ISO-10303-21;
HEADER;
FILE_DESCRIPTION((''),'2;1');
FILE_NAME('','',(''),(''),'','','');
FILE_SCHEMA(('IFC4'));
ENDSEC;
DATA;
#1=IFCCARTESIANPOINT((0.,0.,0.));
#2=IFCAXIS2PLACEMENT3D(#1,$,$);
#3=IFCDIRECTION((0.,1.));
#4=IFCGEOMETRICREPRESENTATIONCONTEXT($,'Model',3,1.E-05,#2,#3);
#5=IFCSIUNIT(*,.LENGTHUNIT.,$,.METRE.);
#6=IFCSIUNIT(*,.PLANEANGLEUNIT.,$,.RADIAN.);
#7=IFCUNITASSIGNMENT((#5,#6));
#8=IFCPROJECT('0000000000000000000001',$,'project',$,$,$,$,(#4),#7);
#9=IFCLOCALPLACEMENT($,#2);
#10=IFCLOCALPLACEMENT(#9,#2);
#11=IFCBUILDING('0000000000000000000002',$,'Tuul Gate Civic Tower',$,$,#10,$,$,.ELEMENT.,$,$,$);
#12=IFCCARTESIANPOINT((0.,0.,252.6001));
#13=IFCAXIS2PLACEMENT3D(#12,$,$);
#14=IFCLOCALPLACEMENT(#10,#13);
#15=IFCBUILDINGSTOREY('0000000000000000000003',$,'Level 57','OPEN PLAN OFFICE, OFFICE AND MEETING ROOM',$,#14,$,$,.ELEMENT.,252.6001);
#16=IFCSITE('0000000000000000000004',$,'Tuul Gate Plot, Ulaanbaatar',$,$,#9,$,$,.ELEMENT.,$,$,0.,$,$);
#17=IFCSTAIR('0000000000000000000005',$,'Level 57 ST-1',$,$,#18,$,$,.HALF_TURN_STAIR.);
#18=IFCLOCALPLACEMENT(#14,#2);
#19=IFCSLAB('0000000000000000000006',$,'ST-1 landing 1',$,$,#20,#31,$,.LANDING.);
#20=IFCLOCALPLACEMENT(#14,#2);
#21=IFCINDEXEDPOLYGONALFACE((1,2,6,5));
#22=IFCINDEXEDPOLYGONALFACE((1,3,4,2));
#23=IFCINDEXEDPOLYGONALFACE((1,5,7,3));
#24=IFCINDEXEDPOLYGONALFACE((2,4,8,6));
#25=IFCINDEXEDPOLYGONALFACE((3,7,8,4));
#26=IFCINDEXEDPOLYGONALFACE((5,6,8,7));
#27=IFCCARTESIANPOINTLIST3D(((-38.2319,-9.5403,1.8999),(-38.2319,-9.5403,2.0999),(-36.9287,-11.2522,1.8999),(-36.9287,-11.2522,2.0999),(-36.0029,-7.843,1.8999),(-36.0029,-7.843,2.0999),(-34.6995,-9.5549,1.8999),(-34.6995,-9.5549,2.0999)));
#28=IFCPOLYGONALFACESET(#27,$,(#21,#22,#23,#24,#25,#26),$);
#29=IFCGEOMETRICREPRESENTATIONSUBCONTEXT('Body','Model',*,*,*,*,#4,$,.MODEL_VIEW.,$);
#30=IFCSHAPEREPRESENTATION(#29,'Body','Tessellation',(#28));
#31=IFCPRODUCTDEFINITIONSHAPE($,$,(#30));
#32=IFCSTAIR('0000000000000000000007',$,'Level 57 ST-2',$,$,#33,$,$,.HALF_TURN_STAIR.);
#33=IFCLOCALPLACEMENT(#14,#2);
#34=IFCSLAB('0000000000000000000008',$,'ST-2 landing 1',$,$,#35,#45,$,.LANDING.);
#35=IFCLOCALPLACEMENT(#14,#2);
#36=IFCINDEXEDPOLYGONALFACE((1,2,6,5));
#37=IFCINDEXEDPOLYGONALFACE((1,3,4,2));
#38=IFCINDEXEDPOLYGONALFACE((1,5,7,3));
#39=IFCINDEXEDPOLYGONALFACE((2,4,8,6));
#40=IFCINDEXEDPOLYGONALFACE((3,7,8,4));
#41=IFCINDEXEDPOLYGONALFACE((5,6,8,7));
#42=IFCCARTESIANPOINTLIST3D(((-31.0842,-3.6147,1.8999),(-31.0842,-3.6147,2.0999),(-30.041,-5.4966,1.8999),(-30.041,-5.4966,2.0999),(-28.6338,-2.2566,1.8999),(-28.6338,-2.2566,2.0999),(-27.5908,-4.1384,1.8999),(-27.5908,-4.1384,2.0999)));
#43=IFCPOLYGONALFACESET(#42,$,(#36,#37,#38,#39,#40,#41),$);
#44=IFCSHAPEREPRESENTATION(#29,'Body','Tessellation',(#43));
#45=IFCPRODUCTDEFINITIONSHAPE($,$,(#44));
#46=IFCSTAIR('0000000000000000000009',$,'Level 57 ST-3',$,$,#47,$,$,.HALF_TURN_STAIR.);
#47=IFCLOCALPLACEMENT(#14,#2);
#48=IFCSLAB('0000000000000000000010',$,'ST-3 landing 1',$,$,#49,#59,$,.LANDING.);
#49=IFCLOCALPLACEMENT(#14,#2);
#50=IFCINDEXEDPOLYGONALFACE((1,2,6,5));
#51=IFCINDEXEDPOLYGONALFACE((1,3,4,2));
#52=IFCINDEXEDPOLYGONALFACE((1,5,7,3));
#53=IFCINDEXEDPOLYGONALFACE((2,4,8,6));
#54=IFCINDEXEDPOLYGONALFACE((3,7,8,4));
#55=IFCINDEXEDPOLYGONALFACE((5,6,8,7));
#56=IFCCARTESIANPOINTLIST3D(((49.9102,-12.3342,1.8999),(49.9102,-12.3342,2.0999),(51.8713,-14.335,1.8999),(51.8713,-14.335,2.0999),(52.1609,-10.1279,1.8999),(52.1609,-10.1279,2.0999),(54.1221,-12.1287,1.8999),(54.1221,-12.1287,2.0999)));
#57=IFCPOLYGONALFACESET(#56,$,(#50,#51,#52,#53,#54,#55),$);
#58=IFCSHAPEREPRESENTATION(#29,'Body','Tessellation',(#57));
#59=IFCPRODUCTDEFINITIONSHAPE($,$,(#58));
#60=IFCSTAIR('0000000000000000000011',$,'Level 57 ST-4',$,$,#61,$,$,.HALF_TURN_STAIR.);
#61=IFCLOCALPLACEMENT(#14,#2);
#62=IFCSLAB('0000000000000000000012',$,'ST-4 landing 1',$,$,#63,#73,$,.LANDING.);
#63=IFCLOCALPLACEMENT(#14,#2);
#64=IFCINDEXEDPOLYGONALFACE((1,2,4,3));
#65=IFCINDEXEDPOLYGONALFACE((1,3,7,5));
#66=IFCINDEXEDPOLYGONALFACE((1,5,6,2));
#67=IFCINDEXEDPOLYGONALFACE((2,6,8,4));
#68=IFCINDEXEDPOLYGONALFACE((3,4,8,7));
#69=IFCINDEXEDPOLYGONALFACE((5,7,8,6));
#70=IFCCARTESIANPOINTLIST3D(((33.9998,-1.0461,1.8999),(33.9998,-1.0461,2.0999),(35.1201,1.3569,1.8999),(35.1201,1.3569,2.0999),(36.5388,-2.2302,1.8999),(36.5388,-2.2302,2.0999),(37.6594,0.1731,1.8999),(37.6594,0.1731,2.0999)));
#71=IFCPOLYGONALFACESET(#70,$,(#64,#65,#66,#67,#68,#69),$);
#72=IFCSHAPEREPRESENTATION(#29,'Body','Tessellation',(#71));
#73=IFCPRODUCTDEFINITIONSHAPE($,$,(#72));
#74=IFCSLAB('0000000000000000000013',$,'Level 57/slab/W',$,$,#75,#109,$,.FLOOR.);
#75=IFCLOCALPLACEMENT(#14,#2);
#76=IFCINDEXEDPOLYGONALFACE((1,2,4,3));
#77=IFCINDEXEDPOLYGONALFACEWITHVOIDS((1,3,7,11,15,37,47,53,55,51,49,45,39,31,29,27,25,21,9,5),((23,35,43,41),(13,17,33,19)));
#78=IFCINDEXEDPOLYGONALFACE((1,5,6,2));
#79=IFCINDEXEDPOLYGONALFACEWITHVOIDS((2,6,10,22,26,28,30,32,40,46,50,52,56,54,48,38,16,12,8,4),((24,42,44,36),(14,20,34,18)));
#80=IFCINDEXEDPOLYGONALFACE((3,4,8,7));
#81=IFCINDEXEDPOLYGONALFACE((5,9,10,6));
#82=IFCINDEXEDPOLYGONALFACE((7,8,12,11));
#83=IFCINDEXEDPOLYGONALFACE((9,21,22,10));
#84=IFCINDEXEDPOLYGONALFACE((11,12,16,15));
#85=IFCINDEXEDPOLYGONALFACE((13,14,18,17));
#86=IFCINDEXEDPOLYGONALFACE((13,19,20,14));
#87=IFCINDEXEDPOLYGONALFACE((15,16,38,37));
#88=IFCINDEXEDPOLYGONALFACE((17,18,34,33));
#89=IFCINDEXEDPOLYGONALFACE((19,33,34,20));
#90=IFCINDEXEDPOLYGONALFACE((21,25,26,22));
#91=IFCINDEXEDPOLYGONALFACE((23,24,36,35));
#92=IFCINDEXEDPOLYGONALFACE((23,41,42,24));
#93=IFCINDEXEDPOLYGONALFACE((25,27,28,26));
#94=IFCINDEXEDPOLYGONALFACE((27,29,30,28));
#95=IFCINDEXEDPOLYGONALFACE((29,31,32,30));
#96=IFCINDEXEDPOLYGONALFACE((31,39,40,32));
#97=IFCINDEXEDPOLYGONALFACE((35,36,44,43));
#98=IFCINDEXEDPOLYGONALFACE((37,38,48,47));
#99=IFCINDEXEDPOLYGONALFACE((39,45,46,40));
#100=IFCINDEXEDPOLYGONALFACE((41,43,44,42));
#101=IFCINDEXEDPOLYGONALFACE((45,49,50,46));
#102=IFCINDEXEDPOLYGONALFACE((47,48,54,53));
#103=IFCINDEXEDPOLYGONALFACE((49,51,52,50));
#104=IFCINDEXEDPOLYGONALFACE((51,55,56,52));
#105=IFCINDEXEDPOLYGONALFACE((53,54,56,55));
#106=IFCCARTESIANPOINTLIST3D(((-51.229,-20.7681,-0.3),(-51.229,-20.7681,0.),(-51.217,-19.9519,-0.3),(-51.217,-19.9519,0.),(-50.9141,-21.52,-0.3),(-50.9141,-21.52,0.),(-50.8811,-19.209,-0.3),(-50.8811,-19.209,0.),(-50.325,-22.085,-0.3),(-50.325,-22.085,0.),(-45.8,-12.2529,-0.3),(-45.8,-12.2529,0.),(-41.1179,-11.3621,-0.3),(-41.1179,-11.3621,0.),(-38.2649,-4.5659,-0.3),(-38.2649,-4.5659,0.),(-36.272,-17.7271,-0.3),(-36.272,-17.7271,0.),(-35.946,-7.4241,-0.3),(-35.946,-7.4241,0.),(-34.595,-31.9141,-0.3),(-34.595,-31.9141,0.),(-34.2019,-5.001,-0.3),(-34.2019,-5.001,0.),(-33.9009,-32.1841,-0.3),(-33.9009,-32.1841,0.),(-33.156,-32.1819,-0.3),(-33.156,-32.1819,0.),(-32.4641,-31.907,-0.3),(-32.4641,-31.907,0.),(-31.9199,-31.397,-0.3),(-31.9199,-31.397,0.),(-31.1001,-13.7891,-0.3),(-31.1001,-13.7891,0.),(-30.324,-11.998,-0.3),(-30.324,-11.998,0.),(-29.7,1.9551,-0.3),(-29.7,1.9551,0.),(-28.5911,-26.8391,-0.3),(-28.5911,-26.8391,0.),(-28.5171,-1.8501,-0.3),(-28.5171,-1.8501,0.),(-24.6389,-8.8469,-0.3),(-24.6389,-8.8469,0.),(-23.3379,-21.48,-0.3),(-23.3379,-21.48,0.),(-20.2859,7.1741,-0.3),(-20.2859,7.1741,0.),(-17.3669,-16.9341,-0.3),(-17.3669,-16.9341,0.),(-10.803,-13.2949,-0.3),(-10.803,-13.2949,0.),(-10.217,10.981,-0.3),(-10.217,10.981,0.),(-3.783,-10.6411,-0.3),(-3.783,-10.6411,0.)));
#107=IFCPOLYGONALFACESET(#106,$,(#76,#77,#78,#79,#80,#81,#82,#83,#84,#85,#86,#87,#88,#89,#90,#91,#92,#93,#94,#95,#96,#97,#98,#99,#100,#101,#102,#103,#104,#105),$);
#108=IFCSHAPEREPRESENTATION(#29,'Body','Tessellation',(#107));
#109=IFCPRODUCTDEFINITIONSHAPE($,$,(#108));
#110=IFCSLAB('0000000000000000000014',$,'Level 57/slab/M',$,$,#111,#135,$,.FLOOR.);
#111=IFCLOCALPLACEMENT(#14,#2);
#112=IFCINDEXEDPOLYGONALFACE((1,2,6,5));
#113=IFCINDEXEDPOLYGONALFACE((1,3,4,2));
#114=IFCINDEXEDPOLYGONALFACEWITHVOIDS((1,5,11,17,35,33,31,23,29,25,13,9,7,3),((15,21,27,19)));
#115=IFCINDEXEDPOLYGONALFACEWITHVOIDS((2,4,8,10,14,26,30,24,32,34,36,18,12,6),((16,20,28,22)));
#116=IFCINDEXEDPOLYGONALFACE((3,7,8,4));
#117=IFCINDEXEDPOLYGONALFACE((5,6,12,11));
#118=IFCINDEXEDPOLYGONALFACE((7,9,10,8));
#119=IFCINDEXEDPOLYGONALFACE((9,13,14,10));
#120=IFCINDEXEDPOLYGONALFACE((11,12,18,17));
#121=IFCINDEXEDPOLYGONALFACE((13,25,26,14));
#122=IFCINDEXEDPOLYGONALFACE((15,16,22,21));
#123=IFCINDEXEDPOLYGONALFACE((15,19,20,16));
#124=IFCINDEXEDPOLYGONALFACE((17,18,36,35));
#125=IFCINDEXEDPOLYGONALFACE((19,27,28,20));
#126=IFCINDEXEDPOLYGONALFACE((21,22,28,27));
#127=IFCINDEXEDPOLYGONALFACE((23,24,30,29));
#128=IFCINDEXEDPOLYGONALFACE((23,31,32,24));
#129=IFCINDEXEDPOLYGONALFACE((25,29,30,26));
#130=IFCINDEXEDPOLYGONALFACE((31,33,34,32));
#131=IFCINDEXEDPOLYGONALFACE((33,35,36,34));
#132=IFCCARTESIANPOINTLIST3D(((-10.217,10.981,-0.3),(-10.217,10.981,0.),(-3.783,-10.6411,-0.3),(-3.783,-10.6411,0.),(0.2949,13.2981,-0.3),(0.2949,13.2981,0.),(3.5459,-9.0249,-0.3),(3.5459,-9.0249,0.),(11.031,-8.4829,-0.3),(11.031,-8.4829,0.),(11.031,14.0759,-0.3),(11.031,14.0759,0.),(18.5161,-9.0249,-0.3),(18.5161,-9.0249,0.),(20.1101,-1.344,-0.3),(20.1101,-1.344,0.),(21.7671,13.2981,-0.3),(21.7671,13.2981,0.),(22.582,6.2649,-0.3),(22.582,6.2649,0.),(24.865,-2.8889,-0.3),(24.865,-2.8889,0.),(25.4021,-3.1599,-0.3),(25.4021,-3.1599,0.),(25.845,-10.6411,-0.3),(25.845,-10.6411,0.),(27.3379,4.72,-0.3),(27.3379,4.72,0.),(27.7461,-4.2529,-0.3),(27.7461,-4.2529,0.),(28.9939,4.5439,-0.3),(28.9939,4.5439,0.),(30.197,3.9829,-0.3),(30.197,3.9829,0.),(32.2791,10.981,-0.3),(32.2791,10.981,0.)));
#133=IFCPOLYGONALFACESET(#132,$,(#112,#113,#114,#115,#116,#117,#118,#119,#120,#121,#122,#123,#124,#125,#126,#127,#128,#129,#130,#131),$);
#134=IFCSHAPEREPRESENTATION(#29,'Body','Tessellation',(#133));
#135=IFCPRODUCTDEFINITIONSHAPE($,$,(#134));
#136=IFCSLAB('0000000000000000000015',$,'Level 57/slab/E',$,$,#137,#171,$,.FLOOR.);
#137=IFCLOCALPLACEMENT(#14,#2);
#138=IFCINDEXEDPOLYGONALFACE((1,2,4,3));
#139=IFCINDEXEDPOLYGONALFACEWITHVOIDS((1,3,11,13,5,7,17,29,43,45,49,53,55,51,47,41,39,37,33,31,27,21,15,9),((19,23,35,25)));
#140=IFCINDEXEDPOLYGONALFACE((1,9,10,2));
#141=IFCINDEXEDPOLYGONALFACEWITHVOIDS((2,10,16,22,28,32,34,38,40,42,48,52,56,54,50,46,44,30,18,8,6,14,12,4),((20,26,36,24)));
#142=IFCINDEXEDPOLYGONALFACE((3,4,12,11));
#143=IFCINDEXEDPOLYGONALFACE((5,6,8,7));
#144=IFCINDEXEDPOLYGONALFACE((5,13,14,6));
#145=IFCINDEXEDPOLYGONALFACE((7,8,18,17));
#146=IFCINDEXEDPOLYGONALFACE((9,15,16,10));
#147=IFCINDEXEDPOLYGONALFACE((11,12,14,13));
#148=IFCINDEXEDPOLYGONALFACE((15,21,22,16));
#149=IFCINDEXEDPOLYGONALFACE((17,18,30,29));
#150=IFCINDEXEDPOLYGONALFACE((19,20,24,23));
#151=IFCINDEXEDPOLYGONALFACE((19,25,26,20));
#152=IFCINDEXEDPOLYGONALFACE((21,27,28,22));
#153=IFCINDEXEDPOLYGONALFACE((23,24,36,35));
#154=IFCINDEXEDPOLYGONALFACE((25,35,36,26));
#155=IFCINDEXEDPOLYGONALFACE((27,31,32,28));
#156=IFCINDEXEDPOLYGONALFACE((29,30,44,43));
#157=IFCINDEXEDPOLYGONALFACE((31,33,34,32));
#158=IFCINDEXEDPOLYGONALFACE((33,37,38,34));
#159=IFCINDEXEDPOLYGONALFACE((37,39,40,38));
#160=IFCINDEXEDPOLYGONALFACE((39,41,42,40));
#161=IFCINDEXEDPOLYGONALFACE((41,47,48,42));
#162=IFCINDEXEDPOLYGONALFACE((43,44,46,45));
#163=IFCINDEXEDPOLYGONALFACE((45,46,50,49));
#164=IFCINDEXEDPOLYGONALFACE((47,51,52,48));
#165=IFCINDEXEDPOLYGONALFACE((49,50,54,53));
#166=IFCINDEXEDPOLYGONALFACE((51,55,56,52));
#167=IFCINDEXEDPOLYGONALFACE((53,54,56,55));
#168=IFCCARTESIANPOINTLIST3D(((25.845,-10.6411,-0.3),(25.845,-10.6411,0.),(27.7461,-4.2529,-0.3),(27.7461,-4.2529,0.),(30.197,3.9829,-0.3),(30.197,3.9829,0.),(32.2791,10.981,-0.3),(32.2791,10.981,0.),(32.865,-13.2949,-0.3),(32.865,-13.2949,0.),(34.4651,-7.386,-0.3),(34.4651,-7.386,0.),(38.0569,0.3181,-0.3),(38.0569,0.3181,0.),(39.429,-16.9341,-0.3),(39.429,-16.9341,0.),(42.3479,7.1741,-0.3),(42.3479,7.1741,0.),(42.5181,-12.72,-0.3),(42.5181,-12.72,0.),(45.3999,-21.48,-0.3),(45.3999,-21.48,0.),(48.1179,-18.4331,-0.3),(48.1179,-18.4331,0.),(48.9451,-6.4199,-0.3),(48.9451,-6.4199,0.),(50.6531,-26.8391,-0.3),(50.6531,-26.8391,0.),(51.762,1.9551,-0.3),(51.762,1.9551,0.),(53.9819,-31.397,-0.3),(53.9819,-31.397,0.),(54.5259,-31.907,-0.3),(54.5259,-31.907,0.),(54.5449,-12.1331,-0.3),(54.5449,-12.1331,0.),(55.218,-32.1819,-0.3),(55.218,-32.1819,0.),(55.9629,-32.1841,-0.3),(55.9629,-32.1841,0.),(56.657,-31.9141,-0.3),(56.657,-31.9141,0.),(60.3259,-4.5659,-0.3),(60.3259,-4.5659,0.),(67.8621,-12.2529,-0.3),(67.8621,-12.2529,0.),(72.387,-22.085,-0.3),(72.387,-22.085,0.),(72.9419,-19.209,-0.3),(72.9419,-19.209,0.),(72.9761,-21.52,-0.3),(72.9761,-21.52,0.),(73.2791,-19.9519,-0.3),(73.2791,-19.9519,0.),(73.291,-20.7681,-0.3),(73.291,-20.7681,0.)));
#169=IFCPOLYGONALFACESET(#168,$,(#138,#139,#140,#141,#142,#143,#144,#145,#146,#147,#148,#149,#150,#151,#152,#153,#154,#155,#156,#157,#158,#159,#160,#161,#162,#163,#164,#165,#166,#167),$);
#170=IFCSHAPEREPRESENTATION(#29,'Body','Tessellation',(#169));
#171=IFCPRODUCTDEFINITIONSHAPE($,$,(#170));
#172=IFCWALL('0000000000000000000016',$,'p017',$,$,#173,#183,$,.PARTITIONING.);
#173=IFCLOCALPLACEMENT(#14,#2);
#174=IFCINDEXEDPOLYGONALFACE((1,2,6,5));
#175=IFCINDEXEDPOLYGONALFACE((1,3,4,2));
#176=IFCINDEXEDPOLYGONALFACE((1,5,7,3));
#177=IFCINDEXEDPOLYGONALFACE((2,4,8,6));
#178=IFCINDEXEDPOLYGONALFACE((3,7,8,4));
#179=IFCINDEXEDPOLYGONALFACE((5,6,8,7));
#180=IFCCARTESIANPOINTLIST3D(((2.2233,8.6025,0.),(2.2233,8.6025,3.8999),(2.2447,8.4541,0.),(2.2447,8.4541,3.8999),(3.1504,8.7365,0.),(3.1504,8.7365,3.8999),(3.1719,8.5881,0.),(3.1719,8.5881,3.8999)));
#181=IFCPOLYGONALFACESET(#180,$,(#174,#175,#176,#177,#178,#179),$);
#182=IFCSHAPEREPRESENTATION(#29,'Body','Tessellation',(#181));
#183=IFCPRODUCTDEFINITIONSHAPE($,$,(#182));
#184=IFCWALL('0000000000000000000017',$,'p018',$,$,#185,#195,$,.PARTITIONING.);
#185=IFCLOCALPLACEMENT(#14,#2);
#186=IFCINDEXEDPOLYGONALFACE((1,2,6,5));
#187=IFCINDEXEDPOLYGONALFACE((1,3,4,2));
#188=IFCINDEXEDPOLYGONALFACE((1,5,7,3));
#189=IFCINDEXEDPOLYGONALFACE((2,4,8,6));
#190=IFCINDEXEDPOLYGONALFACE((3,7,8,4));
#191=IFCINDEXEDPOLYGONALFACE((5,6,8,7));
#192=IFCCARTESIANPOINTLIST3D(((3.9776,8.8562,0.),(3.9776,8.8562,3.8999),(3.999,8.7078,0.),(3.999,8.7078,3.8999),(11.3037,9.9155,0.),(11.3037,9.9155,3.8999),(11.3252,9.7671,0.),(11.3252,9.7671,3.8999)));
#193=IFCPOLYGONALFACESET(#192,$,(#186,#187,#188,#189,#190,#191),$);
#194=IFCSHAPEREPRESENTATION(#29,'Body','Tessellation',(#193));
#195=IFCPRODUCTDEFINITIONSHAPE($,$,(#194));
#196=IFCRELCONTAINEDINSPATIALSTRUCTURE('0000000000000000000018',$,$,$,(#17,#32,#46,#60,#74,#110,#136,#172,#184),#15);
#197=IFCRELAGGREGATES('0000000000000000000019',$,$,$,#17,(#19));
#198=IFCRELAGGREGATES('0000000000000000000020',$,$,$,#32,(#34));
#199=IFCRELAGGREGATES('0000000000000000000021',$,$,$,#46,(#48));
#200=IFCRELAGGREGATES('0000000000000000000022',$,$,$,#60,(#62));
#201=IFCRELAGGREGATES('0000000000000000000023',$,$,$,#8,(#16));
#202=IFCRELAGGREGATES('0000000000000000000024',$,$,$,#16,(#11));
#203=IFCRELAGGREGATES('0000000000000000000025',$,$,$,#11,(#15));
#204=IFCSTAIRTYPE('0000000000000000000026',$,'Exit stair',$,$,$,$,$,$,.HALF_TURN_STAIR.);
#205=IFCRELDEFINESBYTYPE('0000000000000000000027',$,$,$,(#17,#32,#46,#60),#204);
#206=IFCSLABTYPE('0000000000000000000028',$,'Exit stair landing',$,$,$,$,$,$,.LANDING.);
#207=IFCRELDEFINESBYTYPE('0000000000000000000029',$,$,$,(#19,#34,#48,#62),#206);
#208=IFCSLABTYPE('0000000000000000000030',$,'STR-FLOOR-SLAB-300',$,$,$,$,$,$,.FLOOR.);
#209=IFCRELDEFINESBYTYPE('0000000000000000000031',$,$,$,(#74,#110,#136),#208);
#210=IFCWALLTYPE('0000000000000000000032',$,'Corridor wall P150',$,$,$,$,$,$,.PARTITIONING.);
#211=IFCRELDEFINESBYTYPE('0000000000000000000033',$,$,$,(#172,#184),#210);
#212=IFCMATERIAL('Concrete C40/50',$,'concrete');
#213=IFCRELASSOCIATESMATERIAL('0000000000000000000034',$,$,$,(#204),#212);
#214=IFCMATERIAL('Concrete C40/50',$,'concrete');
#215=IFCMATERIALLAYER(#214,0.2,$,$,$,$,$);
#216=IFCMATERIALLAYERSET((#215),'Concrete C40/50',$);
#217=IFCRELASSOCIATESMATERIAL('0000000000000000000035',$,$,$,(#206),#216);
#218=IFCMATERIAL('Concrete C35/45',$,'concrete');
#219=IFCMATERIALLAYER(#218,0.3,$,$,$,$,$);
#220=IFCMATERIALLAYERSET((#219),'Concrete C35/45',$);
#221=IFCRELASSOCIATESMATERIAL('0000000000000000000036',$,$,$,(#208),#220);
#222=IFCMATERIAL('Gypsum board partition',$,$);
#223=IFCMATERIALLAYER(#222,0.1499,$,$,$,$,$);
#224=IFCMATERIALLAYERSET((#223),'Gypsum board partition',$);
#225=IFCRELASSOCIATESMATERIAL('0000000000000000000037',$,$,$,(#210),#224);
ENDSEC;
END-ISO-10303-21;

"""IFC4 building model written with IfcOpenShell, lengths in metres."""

from ifc_helpers import new_model, si_unit, direction, frame, frame_2d, origin, place, context, subcontext, project, spatial, polyline, rectangle, outline, extrude, material, layer, layer_set, type_object, element, aggregate, save


model = new_model("IFC4")

# Units and contexts
model_context = context("Model", 3, precision=1e-05, world=origin(), true_north=direction((0.0, 1.0)))
body_context = subcontext(model_context, "Body", "Model", "MODEL_VIEW")
ifc_project = project(units=[si_unit("LENGTHUNIT", "METRE"), si_unit("PLANEANGLEUNIT", "RADIAN")], contexts=[model_context])

# Site, building, storey
site_placement = place(None, origin())
site = spatial("IfcSite", under=ifc_project, at=site_placement, Name="Tuul Gate Plot, Ulaanbaatar", CompositionType="ELEMENT", RefElevation=0.0)
building_placement = place(site_placement, origin())
building = spatial("IfcBuilding", under=site, at=building_placement, Name="Tuul Gate Civic Tower", CompositionType="ELEMENT")
storey_placement = place(building_placement, frame((0.0, 0.0, 252.6001)))
storey = spatial("IfcBuildingStorey", under=building, at=storey_placement, Name="Level 57", Description="OPEN PLAN OFFICE, OFFICE AND MEETING ROOM", CompositionType="ELEMENT", Elevation=252.6001)

# Stairs, slabs
ifc_material_1 = material(Name="Concrete C40/50", Category="concrete")
stair_type = type_object("IfcStairType", Name="Exit stair", PredefinedType="HALF_TURN_STAIR", material=ifc_material_1)
stair_1_placement = place(storey_placement, origin())
stair_1 = element("IfcStair", 1, at=stair_1_placement, inside=storey, type_object=stair_type, Name="Level 57 ST-1", PredefinedType="HALF_TURN_STAIR")
ifc_material_2 = material(Name="Concrete C40/50", Category="concrete")
ifc_layer_1 = layer(ifc_material_2, 0.2)
ifc_layer_set_1 = layer_set([ifc_layer_1], Name="Concrete C40/50")
slab_type_1 = type_object("IfcSlabType", Name="Exit stair landing", PredefinedType="LANDING", material=ifc_layer_set_1)
slab_1_placement = place(storey_placement, frame((0.0, 0.0, 1.8999)))
slab_1 = element("IfcSlab", 2, at=slab_1_placement, type_object=slab_type_1, Name="ST-1 landing 1", PredefinedType="LANDING", context=body_context, shape_type="SweptSolid", body=[
    extrude(outline(polyline([(-34.6995, -9.5549), (-36.9287, -11.2522), (-38.2319, -9.5403), (-36.0029, -7.843), (-34.6995, -9.5549)])), origin(), (0.0, 0.0, 1.0), 0.2),
])
aggregate(stair_1, [slab_1])
stair_2_placement = place(storey_placement, origin())
stair_2 = element("IfcStair", 3, at=stair_2_placement, inside=storey, type_object=stair_type, Name="Level 57 ST-2", PredefinedType="HALF_TURN_STAIR")
slab_2_placement = place(storey_placement, frame((0.0, 0.0, 1.8999)))
slab_2 = element("IfcSlab", 4, at=slab_2_placement, type_object=slab_type_1, Name="ST-2 landing 1", PredefinedType="LANDING", context=body_context, shape_type="SweptSolid", body=[
    extrude(outline(polyline([(-27.5908, -4.1384), (-30.041, -5.4966), (-31.0842, -3.6147), (-28.6338, -2.2566), (-27.5908, -4.1384)])), origin(), (0.0, 0.0, 1.0), 0.2),
])
aggregate(stair_2, [slab_2])
stair_3_placement = place(storey_placement, origin())
stair_3 = element("IfcStair", 5, at=stair_3_placement, inside=storey, type_object=stair_type, Name="Level 57 ST-3", PredefinedType="HALF_TURN_STAIR")
slab_3_placement = place(storey_placement, frame((0.0, 0.0, 1.8999)))
slab_3 = element("IfcSlab", 6, at=slab_3_placement, type_object=slab_type_1, Name="ST-3 landing 1", PredefinedType="LANDING", context=body_context, shape_type="SweptSolid", body=[
    extrude(outline(polyline([(51.8713, -14.335), (49.9102, -12.3342), (52.1609, -10.1279), (54.1221, -12.1287), (51.8713, -14.335)])), origin(), (0.0, 0.0, 1.0), 0.2),
])
aggregate(stair_3, [slab_3])
stair_4_placement = place(storey_placement, origin())
stair_4 = element("IfcStair", 7, at=stair_4_placement, inside=storey, type_object=stair_type, Name="Level 57 ST-4", PredefinedType="HALF_TURN_STAIR")
slab_4_placement = place(storey_placement, frame((0.0, 0.0, 1.8999)))
slab_4 = element("IfcSlab", 8, at=slab_4_placement, type_object=slab_type_1, Name="ST-4 landing 1", PredefinedType="LANDING", context=body_context, shape_type="SweptSolid", body=[
    extrude(outline(polyline([(36.5388, -2.2302), (33.9998, -1.0461), (35.1201, 1.3569), (37.6594, 0.1731), (36.5388, -2.2302)])), origin(), (0.0, 0.0, 1.0), 0.2),
])
aggregate(stair_4, [slab_4])

# Slabs
ifc_material_3 = material(Name="Concrete C35/45", Category="concrete")
ifc_layer_2 = layer(ifc_material_3, 0.3)
ifc_layer_set_2 = layer_set([ifc_layer_2], Name="Concrete C35/45")
slab_type_2 = type_object("IfcSlabType", Name="STR-FLOOR-SLAB-300", PredefinedType="FLOOR", material=ifc_layer_set_2)
slab_5_placement = place(storey_placement, frame((0.0, 0.0, -0.3)))
element("IfcSlab", 9, at=slab_5_placement, inside=storey, type_object=slab_type_2, Name="Level 57/slab/W", PredefinedType="FLOOR", context=body_context, shape_type="SweptSolid", body=[
    extrude(outline(polyline([(-10.803, -13.2949), (-3.783, -10.6411), (-10.217, 10.981), (-20.2859, 7.1741), (-29.7, 1.9551), (-38.2649, -4.5659), (-45.8, -12.2529), (-50.8811, -19.209), (-51.217, -19.9519), (-51.229, -20.7681), (-50.9141, -21.52), (-50.325, -22.085), (-34.595, -31.9141), (-33.9009, -32.1841), (-33.156, -32.1819), (-32.4641, -31.907), (-31.9199, -31.397), (-28.5911, -26.8391), (-23.3379, -21.48), (-17.3669, -16.9341), (-10.803, -13.2949)]), holes=[polyline([(-31.1001, -13.7891), (-36.272, -17.7271), (-41.1179, -11.3621), (-35.946, -7.4241), (-31.1001, -13.7891)]), polyline([(-24.6389, -8.8469), (-30.324, -11.998), (-34.2019, -5.001), (-28.5171, -1.8501), (-24.6389, -8.8469)])]), origin(), (0.0, 0.0, 1.0), 0.3),
])
slab_6_placement = place(storey_placement, frame((0.0, 0.0, -0.3)))
element("IfcSlab", 10, at=slab_6_placement, inside=storey, type_object=slab_type_2, Name="Level 57/slab/M", PredefinedType="FLOOR", context=body_context, shape_type="SweptSolid", body=[
    extrude(outline(polyline([(18.5161, -9.0249), (25.845, -10.6411), (27.7461, -4.2529), (25.4021, -3.1599), (28.9939, 4.5439), (30.197, 3.9829), (32.2791, 10.981), (21.7671, 13.2981), (11.031, 14.0759), (0.2949, 13.2981), (-10.217, 10.981), (-3.783, -10.6411), (3.5459, -9.0249), (11.031, -8.4829), (18.5161, -9.0249)]), holes=[polyline([(20.1101, -1.344), (22.582, 6.2649), (27.3379, 4.72), (24.865, -2.8889), (20.1101, -1.344)])]), origin(), (0.0, 0.0, 1.0), 0.3),
])
slab_7_placement = place(storey_placement, frame((0.0, 0.0, -0.3)))
element("IfcSlab", 11, at=slab_7_placement, inside=storey, type_object=slab_type_2, Name="Level 57/slab/E", PredefinedType="FLOOR", context=body_context, shape_type="SweptSolid", body=[
    extrude(outline(polyline([(55.9629, -32.1841), (56.657, -31.9141), (72.387, -22.085), (72.9761, -21.52), (73.291, -20.7681), (73.2791, -19.9519), (72.9419, -19.209), (67.8621, -12.2529), (60.3259, -4.5659), (51.762, 1.9551), (42.3479, 7.1741), (32.2791, 10.981), (30.197, 3.9829), (38.0569, 0.3181), (34.4651, -7.386), (27.7461, -4.2529), (25.845, -10.6411), (32.865, -13.2949), (39.429, -16.9341), (45.3999, -21.48), (50.6531, -26.8391), (53.9819, -31.397), (54.5259, -31.907), (55.218, -32.1819), (55.9629, -32.1841)]), holes=[polyline([(48.1179, -18.4331), (42.5181, -12.72), (48.9451, -6.4199), (54.5449, -12.1331), (48.1179, -18.4331)])]), origin(), (0.0, 0.0, 1.0), 0.3),
])

# Walls
ifc_material_4 = material(Name="Gypsum board partition")
ifc_layer_3 = layer(ifc_material_4, 0.1499)
ifc_layer_set_3 = layer_set([ifc_layer_3], Name="Gypsum board partition")
wall_type = type_object("IfcWallType", Name="Corridor wall P150", PredefinedType="PARTITIONING", material=ifc_layer_set_3)
wall_1_placement = place(storey_placement, frame((2.2341, 8.5283, 0.0), z_axis=(0.0, 0.0, 1.0), x_axis=(0.989714, 0.143063, 0.0)))
element("IfcWall", 12, at=wall_1_placement, inside=storey, type_object=wall_type, Name="p017", PredefinedType="PARTITIONING", context=body_context, shape_type="SweptSolid", body=[
    extrude(rectangle(XDim=0.9368, YDim=0.1499, at=frame_2d((0.4683, 0.0))), origin(), (0.0, 0.0, 1.0), 3.8999),
])
wall_2_placement = place(storey_placement, frame((3.9883, 8.782, 0.0), z_axis=(0.0, 0.0, 1.0), x_axis=(0.989707, 0.143107, 0.0)))
element("IfcWall", 13, at=wall_2_placement, inside=storey, type_object=wall_type, Name="p018", PredefinedType="PARTITIONING", context=body_context, shape_type="SweptSolid", body=[
    extrude(rectangle(XDim=7.4023, YDim=0.1499, at=frame_2d((3.7012, 0.0))), origin(), (0.0, 0.0, 1.0), 3.8999),
])

save(model, "model.ifc")
